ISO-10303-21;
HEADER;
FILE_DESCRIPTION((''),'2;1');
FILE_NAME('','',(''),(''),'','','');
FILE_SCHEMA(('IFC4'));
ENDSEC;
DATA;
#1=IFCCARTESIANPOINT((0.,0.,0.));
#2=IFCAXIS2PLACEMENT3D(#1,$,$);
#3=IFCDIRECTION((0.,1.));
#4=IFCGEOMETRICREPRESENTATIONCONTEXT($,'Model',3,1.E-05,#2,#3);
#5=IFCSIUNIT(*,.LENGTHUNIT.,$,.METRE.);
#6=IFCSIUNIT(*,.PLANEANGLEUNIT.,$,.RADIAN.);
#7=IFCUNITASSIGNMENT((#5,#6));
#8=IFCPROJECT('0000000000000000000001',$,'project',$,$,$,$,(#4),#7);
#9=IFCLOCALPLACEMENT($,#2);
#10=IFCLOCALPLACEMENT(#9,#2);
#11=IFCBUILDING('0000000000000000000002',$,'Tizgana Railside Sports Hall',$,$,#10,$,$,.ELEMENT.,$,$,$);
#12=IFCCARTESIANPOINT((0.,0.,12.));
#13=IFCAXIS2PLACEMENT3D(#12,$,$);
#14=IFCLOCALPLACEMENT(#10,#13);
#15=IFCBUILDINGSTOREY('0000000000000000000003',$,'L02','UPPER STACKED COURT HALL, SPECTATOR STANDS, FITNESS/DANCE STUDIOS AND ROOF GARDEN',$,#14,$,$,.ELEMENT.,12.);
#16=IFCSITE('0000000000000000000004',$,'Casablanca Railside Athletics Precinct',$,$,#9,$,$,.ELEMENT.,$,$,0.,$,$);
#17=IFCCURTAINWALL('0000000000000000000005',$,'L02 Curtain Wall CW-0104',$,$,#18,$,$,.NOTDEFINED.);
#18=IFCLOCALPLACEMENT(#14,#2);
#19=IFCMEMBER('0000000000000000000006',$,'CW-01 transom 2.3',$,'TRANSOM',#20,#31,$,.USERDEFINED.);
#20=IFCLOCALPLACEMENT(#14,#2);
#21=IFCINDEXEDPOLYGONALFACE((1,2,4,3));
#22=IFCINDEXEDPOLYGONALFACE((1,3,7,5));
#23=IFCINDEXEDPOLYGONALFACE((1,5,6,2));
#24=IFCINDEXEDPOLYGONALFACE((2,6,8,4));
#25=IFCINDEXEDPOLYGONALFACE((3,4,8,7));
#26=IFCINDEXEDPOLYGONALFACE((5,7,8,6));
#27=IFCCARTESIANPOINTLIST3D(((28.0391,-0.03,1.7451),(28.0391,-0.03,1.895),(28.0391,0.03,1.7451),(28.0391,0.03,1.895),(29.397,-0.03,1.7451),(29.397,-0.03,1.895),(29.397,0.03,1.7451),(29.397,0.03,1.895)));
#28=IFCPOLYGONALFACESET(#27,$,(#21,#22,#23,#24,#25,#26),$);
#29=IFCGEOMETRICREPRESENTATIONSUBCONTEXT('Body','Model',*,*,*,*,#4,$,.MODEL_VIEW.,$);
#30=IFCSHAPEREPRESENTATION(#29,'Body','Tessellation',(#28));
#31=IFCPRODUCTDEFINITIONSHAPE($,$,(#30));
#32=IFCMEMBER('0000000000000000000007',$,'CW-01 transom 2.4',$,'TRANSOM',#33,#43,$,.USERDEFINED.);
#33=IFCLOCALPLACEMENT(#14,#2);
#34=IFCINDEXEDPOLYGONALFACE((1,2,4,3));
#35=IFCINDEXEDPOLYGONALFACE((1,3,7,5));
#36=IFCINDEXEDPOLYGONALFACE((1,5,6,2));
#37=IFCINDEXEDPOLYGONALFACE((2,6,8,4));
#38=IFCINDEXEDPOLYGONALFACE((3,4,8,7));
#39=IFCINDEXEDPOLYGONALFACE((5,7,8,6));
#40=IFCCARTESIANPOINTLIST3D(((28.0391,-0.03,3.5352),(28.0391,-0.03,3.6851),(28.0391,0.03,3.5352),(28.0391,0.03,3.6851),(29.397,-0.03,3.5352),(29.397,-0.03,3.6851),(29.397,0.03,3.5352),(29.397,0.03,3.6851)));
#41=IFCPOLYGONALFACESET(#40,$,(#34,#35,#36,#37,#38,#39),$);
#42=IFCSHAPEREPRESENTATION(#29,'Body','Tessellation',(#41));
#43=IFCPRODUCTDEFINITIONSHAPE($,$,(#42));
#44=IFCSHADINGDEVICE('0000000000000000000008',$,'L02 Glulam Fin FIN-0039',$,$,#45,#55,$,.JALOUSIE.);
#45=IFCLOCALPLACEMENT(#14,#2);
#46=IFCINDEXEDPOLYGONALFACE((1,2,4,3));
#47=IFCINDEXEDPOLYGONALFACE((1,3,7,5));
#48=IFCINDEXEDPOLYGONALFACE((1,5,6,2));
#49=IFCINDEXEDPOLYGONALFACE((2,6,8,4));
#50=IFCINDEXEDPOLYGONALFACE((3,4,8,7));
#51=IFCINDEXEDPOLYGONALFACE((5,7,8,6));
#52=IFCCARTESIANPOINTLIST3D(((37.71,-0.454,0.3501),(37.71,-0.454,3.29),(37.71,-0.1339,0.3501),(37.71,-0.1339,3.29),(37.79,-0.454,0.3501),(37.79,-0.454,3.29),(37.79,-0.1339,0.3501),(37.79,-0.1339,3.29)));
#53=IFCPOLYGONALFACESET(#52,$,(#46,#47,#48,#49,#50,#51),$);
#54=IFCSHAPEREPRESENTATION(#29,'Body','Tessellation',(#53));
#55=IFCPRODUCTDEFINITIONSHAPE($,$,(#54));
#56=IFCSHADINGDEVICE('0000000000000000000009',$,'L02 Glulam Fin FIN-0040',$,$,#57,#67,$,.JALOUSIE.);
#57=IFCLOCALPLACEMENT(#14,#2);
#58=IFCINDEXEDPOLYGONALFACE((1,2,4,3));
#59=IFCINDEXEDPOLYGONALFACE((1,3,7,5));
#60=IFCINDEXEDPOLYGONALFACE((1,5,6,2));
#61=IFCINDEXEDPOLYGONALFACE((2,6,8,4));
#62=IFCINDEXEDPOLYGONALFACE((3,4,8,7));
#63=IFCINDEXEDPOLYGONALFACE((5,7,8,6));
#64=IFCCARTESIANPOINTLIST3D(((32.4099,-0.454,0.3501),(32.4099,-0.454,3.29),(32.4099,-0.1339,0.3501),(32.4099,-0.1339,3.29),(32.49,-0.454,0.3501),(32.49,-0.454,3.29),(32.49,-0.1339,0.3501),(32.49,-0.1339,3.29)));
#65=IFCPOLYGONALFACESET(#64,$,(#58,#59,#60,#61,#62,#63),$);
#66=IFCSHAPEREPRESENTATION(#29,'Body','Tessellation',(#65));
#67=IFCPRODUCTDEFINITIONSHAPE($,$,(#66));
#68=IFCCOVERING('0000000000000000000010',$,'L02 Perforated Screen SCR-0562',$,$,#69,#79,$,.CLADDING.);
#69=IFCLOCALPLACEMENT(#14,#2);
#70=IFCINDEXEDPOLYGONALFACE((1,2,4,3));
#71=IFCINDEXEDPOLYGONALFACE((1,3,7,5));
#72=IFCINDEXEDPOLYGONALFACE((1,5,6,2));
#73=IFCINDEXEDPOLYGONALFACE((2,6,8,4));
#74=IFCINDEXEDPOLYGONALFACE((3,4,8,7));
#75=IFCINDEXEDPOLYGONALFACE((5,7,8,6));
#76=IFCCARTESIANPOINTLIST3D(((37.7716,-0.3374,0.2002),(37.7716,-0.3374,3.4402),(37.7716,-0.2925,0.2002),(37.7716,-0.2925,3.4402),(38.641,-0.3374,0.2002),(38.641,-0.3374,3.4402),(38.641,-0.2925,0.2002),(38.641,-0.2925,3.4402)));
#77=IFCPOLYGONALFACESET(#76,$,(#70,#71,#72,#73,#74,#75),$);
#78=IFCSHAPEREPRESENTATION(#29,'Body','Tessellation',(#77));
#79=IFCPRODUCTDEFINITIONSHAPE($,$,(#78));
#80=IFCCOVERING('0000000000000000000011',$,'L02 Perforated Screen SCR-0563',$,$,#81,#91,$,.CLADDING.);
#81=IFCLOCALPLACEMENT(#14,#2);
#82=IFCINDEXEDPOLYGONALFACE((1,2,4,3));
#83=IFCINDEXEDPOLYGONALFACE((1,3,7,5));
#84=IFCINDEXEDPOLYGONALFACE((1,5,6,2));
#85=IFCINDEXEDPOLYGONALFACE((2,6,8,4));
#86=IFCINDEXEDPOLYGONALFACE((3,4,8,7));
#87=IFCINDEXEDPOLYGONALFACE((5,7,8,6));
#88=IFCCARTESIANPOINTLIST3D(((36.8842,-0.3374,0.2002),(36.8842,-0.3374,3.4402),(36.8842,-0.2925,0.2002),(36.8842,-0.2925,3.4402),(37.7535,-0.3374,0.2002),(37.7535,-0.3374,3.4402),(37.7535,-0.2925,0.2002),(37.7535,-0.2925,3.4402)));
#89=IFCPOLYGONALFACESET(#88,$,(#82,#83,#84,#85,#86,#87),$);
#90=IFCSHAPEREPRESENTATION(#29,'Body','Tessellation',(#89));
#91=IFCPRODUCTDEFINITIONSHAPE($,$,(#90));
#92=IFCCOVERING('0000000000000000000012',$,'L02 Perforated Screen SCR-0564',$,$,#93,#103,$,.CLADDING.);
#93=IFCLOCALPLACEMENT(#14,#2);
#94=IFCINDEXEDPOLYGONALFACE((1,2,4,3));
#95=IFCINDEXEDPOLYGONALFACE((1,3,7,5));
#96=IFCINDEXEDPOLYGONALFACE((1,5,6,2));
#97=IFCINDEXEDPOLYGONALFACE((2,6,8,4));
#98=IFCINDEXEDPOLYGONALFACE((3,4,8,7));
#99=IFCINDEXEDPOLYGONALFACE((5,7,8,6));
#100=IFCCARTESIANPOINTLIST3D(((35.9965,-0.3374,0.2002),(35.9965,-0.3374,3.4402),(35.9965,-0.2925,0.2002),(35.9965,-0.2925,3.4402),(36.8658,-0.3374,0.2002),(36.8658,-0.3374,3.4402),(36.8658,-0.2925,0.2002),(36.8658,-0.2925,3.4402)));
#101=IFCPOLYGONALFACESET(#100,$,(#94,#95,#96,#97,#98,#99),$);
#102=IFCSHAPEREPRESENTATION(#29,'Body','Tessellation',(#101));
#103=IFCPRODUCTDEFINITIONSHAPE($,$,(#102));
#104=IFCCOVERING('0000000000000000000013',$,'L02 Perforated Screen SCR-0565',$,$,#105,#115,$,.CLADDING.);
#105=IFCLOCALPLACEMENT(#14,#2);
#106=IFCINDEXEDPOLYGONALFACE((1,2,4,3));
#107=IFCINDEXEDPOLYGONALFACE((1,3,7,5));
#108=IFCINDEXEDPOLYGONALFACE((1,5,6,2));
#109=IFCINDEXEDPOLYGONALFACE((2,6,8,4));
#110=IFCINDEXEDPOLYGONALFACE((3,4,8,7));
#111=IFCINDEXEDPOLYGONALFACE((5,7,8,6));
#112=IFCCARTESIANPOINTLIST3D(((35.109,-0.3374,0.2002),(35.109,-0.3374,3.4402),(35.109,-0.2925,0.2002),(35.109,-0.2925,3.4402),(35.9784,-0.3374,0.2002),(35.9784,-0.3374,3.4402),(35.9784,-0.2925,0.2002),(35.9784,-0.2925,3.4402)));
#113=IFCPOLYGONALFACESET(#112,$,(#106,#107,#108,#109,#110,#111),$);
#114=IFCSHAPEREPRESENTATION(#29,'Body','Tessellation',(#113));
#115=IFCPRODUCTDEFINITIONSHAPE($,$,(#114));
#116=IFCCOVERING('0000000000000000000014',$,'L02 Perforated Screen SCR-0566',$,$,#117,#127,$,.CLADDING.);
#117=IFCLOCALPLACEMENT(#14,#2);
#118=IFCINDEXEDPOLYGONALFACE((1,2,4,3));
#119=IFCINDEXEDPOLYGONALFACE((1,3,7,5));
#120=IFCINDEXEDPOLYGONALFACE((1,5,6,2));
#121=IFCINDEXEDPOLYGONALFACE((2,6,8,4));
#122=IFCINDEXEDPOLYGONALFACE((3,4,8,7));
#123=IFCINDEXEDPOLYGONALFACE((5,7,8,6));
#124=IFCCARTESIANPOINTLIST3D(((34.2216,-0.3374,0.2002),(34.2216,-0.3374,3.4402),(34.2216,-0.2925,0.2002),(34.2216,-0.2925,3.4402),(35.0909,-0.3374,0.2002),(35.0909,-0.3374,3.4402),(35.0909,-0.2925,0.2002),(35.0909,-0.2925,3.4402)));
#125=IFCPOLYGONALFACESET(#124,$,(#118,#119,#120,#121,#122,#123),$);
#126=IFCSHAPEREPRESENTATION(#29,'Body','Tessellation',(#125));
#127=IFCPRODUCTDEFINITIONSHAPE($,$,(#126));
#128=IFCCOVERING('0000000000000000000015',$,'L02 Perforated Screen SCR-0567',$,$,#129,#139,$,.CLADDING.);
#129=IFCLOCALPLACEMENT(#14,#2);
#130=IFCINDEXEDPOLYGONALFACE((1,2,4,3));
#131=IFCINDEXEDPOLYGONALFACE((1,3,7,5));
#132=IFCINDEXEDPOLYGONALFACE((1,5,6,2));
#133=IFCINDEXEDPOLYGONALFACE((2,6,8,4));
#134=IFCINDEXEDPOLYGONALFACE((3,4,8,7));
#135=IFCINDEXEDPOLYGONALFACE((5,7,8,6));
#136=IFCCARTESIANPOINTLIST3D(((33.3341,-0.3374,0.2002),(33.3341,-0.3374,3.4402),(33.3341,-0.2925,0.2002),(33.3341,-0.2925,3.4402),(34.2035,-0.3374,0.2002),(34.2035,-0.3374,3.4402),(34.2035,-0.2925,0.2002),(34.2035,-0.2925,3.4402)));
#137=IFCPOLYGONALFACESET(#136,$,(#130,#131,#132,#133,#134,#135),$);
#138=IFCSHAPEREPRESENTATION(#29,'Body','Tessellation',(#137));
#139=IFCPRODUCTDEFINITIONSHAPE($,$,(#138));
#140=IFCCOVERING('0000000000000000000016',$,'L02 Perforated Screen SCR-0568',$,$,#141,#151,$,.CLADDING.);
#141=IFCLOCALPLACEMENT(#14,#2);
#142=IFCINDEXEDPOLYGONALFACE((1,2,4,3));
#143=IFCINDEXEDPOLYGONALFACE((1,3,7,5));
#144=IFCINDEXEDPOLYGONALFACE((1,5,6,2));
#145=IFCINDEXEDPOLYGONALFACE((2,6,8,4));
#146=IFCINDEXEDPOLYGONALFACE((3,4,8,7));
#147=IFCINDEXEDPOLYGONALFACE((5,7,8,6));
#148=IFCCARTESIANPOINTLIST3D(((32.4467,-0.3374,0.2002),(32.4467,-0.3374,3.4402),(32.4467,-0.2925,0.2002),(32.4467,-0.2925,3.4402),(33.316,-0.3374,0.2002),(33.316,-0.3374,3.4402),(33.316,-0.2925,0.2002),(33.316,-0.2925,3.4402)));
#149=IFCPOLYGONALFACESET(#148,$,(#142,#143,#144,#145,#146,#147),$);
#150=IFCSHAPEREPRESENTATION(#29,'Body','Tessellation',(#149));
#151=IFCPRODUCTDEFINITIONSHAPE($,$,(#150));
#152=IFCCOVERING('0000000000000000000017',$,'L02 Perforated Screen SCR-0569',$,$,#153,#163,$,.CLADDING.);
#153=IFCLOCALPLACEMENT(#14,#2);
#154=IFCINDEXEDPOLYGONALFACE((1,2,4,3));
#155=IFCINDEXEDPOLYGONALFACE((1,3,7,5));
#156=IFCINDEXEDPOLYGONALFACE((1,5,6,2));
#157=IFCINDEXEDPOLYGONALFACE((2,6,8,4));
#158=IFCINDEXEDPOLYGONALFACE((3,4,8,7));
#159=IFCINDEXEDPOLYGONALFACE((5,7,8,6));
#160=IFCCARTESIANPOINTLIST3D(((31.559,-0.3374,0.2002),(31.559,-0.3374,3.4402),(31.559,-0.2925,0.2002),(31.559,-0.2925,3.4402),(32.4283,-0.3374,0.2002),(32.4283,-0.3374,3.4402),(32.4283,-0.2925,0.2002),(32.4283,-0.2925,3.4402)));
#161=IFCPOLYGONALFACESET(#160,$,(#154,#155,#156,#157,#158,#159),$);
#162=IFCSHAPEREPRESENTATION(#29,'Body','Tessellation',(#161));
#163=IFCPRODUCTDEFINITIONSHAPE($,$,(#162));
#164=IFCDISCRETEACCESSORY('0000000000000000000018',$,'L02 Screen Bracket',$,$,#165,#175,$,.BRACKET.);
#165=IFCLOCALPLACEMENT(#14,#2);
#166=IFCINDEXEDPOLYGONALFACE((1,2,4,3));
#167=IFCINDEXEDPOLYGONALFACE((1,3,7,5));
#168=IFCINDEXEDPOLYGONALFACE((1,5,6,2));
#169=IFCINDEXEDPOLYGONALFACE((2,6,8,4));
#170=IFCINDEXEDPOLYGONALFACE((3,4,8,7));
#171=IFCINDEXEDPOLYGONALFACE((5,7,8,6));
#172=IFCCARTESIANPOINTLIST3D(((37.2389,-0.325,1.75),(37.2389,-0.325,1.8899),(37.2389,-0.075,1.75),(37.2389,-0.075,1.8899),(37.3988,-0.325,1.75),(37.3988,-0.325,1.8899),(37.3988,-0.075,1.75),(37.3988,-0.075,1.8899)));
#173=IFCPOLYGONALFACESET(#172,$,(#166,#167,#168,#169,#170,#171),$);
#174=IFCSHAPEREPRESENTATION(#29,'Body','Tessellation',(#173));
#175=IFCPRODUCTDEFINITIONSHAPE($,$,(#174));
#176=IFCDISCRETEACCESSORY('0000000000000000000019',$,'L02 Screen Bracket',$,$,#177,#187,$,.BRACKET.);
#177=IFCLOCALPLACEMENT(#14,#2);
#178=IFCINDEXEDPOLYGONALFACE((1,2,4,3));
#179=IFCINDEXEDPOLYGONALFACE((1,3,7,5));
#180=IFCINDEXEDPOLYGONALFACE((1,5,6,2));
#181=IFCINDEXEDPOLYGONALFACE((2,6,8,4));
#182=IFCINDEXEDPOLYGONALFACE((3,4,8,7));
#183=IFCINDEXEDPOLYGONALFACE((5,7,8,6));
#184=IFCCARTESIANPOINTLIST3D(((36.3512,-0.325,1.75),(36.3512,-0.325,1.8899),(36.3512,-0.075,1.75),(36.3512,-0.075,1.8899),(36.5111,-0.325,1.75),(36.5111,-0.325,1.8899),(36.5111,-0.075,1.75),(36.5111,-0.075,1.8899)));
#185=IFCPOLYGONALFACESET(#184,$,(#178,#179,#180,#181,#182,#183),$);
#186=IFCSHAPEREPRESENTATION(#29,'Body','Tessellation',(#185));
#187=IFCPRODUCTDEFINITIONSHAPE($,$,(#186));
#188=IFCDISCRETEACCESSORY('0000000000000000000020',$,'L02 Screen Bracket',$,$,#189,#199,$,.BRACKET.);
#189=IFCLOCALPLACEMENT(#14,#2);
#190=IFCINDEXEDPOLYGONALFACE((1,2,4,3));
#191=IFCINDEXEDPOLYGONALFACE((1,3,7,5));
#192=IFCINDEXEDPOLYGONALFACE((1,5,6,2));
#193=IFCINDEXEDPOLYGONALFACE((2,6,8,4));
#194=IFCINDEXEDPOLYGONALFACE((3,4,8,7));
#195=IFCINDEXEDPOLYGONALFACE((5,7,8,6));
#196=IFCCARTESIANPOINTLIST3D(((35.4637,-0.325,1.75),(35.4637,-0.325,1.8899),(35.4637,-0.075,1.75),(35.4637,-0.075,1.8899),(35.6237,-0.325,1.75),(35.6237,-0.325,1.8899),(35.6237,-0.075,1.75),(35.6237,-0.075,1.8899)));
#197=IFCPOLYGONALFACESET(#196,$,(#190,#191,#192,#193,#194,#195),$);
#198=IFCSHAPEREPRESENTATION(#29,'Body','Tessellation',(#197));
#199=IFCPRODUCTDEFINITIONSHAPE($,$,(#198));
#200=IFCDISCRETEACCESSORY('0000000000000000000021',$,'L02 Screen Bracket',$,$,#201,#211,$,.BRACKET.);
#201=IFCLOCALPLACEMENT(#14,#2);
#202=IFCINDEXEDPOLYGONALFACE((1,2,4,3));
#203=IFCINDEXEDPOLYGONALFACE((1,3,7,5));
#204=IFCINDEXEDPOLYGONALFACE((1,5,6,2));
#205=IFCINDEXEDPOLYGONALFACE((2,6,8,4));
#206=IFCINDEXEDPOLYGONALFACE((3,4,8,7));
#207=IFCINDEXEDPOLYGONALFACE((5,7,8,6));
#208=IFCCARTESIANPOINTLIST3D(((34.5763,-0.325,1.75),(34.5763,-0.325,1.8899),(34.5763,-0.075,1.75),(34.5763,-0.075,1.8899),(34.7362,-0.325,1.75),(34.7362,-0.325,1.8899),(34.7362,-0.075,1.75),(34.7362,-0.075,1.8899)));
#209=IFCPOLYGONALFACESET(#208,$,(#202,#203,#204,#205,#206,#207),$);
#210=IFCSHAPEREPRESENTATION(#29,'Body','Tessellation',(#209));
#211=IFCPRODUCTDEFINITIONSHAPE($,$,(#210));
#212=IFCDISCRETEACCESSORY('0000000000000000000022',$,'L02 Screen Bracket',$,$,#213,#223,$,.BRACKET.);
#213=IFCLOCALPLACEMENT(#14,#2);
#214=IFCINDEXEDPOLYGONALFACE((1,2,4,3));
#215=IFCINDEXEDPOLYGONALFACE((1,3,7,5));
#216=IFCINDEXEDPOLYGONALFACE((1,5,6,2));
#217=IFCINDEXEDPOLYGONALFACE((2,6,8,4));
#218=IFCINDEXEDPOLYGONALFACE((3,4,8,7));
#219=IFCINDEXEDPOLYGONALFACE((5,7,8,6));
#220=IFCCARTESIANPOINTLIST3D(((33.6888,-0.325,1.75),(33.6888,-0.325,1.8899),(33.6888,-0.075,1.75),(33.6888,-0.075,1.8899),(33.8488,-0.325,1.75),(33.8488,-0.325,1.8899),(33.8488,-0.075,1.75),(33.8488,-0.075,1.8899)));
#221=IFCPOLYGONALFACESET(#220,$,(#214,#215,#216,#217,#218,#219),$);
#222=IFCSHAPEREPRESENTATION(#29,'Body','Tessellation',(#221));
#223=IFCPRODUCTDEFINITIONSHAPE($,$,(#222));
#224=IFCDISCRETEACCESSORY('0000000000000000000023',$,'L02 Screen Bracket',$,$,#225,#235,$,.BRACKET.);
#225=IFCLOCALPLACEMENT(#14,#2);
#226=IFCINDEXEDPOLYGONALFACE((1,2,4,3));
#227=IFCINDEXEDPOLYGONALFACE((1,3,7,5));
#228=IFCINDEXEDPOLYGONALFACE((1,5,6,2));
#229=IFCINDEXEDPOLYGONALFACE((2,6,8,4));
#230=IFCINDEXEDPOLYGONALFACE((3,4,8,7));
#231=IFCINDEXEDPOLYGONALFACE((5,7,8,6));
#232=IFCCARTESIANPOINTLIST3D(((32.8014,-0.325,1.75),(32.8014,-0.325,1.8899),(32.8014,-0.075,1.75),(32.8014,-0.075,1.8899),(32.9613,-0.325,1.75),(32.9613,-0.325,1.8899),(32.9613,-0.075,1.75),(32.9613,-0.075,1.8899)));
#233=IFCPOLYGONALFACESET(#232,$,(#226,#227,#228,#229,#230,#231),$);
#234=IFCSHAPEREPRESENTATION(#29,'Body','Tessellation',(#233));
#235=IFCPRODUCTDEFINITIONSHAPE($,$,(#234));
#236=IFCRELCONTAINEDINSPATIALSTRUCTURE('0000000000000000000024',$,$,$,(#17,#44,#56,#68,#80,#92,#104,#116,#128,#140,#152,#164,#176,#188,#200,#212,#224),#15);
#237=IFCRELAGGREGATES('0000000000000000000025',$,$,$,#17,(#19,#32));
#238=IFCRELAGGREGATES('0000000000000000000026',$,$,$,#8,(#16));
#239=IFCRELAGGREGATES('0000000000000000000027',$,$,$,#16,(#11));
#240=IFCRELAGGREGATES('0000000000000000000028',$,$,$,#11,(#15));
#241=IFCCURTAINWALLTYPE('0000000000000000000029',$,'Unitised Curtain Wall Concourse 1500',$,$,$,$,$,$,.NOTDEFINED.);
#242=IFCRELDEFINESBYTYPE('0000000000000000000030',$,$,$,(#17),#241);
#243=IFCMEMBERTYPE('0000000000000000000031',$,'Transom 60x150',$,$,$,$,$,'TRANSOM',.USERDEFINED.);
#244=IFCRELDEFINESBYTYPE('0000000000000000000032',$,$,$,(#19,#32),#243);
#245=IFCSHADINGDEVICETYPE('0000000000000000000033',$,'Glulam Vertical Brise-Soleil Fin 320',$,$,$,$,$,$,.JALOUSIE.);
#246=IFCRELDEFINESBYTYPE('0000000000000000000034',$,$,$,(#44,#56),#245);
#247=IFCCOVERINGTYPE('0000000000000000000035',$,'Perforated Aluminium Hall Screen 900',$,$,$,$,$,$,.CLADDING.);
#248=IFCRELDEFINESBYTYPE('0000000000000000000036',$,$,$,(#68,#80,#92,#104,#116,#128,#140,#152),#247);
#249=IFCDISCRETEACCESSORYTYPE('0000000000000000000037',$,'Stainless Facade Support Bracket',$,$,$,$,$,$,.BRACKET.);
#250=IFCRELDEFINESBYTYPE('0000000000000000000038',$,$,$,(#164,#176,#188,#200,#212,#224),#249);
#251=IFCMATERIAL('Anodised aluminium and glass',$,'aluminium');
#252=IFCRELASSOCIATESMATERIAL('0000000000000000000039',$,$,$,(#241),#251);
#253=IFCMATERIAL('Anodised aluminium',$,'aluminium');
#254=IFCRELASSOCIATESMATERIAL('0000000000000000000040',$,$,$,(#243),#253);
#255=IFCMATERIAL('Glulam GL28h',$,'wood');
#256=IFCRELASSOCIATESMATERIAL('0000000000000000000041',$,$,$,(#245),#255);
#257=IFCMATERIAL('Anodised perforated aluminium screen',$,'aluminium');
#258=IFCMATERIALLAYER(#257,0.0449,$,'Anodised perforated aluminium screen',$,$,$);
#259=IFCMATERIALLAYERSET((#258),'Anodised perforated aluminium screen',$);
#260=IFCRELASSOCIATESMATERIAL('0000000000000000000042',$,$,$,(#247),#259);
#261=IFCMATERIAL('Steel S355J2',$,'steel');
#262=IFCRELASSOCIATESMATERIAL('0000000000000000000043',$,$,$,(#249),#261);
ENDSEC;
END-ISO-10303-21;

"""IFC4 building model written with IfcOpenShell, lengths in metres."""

from ifc_helpers import new_model, si_unit, direction, frame, origin, origin_2d, place, context, subcontext, project, spatial, rectangle, extrude, material, layer, layer_set, material_profile, profile_set, type_object, element, aggregate, save


model = new_model("IFC4")

# Units and contexts
model_context = context("Model", 3, precision=1e-05, world=origin(), true_north=direction((0.0, 1.0)))
body_context = subcontext(model_context, "Body", "Model", "MODEL_VIEW")
ifc_project = project(units=[si_unit("LENGTHUNIT", "METRE"), si_unit("PLANEANGLEUNIT", "RADIAN")], contexts=[model_context])

# Site, building, storey
site_placement = place(None, origin())
site = spatial("IfcSite", under=ifc_project, at=site_placement, Name="Casablanca Railside Athletics Precinct", CompositionType="ELEMENT", RefElevation=0.0)
building_placement = place(site_placement, origin())
building = spatial("IfcBuilding", under=site, at=building_placement, Name="Tizgana Railside Sports Hall", CompositionType="ELEMENT")
storey_placement = place(building_placement, frame((0.0, 0.0, 12.0)))
storey = spatial("IfcBuildingStorey", under=building, at=storey_placement, Name="L02", Description="UPPER STACKED COURT HALL, SPECTATOR STANDS, FITNESS/DANCE STUDIOS AND ROOF GARDEN", CompositionType="ELEMENT", Elevation=12.0)

# Curtain wall, members
ifc_material_1 = material(Name="Anodised aluminium and glass", Category="aluminium")
curtain_wall_type = type_object("IfcCurtainWallType", Name="Unitised Curtain Wall Concourse 1500", PredefinedType="NOTDEFINED", material=ifc_material_1)
curtain_wall_placement = place(storey_placement, origin())
curtain_wall = element("IfcCurtainWall", 1, at=curtain_wall_placement, inside=storey, type_object=curtain_wall_type, Name="L02 Curtain Wall CW-0104", PredefinedType="NOTDEFINED")
ifc_material_2 = material(Name="Anodised aluminium", Category="aluminium")
ifc_material_profile = material_profile(ifc_material_2, rectangle(XDim=0.0601, YDim=0.1499, at=origin_2d()), Name="Transom 60x150")
ifc_profile_set = profile_set([ifc_material_profile], Name="Anodised aluminium")
member_type = type_object("IfcMemberType", Name="Transom 60x150", ElementType="TRANSOM", PredefinedType="USERDEFINED", material=ifc_profile_set)
member_1_placement = place(storey_placement, frame((29.397, 0.0, 1.8201), z_axis=(-1.0, 0.0, 0.0), x_axis=(0.0, -1.0, 0.0)))
member_1 = element("IfcMember", 2, at=member_1_placement, type_object=member_type, Name="CW-01 transom 2.3", ObjectType="TRANSOM", PredefinedType="USERDEFINED", context=body_context, shape_type="SweptSolid", body=[
    extrude(rectangle(XDim=0.0601, YDim=0.1499, at=origin_2d()), origin(), (0.0, 0.0, 1.0), 1.3579),
])
member_2_placement = place(storey_placement, frame((29.397, 0.0, 3.6101), z_axis=(-1.0, 0.0, 0.0), x_axis=(0.0, -1.0, 0.0)))
member_2 = element("IfcMember", 3, at=member_2_placement, type_object=member_type, Name="CW-01 transom 2.4", ObjectType="TRANSOM", PredefinedType="USERDEFINED", context=body_context, shape_type="SweptSolid", body=[
    extrude(rectangle(XDim=0.0601, YDim=0.1499, at=origin_2d()), origin(), (0.0, 0.0, 1.0), 1.3579),
])
aggregate(curtain_wall, [member_1, member_2])

# Shading devices
ifc_material_3 = material(Name="Glulam GL28h", Category="wood")
shading_device_type = type_object("IfcShadingDeviceType", Name="Glulam Vertical Brise-Soleil Fin 320", PredefinedType="JALOUSIE", material=ifc_material_3)
for number, where, z_axis, x_axis, name in (
    (4, (37.75, -0.2939, 0.3501), (0.0, 0.0, 1.0), (-1.0, 0.0, 0.0), "L02 Glulam Fin FIN-0039"),
    (5, (32.45, -0.2939, 0.3501), (0.0, 0.0, 1.0), (-1.0, 0.0, 0.0), "L02 Glulam Fin FIN-0040"),
):
    element("IfcShadingDevice", number, at=place(storey_placement, frame(where, z_axis=z_axis, x_axis=x_axis)), inside=storey, type_object=shading_device_type, Name=name, PredefinedType="JALOUSIE", context=body_context, shape_type="SweptSolid", body=[
        extrude(rectangle(XDim=0.0801, YDim=0.3201, at=origin_2d()), origin(), (0.0, 0.0, 1.0), 2.9399),
    ])

# Coverings
ifc_material_4 = material(Name="Anodised perforated aluminium screen", Category="aluminium")
ifc_layer = layer(ifc_material_4, 0.0449, Name="Anodised perforated aluminium screen")
ifc_layer_set = layer_set([ifc_layer], Name="Anodised perforated aluminium screen")
covering_type = type_object("IfcCoveringType", Name="Perforated Aluminium Hall Screen 900", PredefinedType="CLADDING", material=ifc_layer_set)
for number, where, z_axis, x_axis, name in (
    (6, (38.2063, -0.3149, 0.2002), (0.0, 0.0, 1.0), (-1.0, 0.0, 0.0), "L02 Perforated Screen SCR-0562"),
    (7, (37.3188, -0.3149, 0.2002), (0.0, 0.0, 1.0), (-1.0, 0.0, 0.0), "L02 Perforated Screen SCR-0563"),
    (8, (36.4312, -0.3149, 0.2002), (0.0, 0.0, 1.0), (-1.0, 0.0, 0.0), "L02 Perforated Screen SCR-0564"),
    (9, (35.5437, -0.3149, 0.2002), (0.0, 0.0, 1.0), (-1.0, 0.0, 0.0), "L02 Perforated Screen SCR-0565"),
    (10, (34.6562, -0.3149, 0.2002), (0.0, 0.0, 1.0), (-1.0, 0.0, 0.0), "L02 Perforated Screen SCR-0566"),
    (11, (33.7688, -0.3149, 0.2002), (0.0, 0.0, 1.0), (-1.0, 0.0, 0.0), "L02 Perforated Screen SCR-0567"),
    (12, (32.8813, -0.3149, 0.2002), (0.0, 0.0, 1.0), (-1.0, 0.0, 0.0), "L02 Perforated Screen SCR-0568"),
    (13, (31.9937, -0.3149, 0.2002), (0.0, 0.0, 1.0), (-1.0, 0.0, 0.0), "L02 Perforated Screen SCR-0569"),
):
    element("IfcCovering", number, at=place(storey_placement, frame(where, z_axis=z_axis, x_axis=x_axis)), inside=storey, type_object=covering_type, Name=name, PredefinedType="CLADDING", context=body_context, shape_type="SweptSolid", body=[
        extrude(rectangle(XDim=0.8694, YDim=0.0449, at=origin_2d()), origin(), (0.0, 0.0, 1.0), 3.24),
    ])

# Discrete accessories
ifc_material_5 = material(Name="Steel S355J2", Category="steel")
discrete_accessory_type = type_object("IfcDiscreteAccessoryType", Name="Stainless Facade Support Bracket", PredefinedType="BRACKET", material=ifc_material_5)
for number, where, z_axis, x_axis, name in (
    (14, (37.3188, -0.2, 1.75), (0.0, 0.0, 1.0), (-1.0, 0.0, 0.0), "L02 Screen Bracket"),
    (15, (36.4312, -0.2, 1.75), (0.0, 0.0, 1.0), (-1.0, 0.0, 0.0), "L02 Screen Bracket"),
    (16, (35.5437, -0.2, 1.75), (0.0, 0.0, 1.0), (-1.0, 0.0, 0.0), "L02 Screen Bracket"),
    (17, (34.6562, -0.2, 1.75), (0.0, 0.0, 1.0), (-1.0, 0.0, 0.0), "L02 Screen Bracket"),
    (18, (33.7688, -0.2, 1.75), (0.0, 0.0, 1.0), (-1.0, 0.0, 0.0), "L02 Screen Bracket"),
    (19, (32.8813, -0.2, 1.75), (0.0, 0.0, 1.0), (-1.0, 0.0, 0.0), "L02 Screen Bracket"),
):
    element("IfcDiscreteAccessory", number, at=place(storey_placement, frame(where, z_axis=z_axis, x_axis=x_axis)), inside=storey, type_object=discrete_accessory_type, Name=name, PredefinedType="BRACKET", context=body_context, shape_type="SweptSolid", body=[
        extrude(rectangle(XDim=0.1599, YDim=0.25, at=origin_2d()), origin(), (0.0, 0.0, 1.0), 0.1399),
    ])

save(model, "model.ifc")
